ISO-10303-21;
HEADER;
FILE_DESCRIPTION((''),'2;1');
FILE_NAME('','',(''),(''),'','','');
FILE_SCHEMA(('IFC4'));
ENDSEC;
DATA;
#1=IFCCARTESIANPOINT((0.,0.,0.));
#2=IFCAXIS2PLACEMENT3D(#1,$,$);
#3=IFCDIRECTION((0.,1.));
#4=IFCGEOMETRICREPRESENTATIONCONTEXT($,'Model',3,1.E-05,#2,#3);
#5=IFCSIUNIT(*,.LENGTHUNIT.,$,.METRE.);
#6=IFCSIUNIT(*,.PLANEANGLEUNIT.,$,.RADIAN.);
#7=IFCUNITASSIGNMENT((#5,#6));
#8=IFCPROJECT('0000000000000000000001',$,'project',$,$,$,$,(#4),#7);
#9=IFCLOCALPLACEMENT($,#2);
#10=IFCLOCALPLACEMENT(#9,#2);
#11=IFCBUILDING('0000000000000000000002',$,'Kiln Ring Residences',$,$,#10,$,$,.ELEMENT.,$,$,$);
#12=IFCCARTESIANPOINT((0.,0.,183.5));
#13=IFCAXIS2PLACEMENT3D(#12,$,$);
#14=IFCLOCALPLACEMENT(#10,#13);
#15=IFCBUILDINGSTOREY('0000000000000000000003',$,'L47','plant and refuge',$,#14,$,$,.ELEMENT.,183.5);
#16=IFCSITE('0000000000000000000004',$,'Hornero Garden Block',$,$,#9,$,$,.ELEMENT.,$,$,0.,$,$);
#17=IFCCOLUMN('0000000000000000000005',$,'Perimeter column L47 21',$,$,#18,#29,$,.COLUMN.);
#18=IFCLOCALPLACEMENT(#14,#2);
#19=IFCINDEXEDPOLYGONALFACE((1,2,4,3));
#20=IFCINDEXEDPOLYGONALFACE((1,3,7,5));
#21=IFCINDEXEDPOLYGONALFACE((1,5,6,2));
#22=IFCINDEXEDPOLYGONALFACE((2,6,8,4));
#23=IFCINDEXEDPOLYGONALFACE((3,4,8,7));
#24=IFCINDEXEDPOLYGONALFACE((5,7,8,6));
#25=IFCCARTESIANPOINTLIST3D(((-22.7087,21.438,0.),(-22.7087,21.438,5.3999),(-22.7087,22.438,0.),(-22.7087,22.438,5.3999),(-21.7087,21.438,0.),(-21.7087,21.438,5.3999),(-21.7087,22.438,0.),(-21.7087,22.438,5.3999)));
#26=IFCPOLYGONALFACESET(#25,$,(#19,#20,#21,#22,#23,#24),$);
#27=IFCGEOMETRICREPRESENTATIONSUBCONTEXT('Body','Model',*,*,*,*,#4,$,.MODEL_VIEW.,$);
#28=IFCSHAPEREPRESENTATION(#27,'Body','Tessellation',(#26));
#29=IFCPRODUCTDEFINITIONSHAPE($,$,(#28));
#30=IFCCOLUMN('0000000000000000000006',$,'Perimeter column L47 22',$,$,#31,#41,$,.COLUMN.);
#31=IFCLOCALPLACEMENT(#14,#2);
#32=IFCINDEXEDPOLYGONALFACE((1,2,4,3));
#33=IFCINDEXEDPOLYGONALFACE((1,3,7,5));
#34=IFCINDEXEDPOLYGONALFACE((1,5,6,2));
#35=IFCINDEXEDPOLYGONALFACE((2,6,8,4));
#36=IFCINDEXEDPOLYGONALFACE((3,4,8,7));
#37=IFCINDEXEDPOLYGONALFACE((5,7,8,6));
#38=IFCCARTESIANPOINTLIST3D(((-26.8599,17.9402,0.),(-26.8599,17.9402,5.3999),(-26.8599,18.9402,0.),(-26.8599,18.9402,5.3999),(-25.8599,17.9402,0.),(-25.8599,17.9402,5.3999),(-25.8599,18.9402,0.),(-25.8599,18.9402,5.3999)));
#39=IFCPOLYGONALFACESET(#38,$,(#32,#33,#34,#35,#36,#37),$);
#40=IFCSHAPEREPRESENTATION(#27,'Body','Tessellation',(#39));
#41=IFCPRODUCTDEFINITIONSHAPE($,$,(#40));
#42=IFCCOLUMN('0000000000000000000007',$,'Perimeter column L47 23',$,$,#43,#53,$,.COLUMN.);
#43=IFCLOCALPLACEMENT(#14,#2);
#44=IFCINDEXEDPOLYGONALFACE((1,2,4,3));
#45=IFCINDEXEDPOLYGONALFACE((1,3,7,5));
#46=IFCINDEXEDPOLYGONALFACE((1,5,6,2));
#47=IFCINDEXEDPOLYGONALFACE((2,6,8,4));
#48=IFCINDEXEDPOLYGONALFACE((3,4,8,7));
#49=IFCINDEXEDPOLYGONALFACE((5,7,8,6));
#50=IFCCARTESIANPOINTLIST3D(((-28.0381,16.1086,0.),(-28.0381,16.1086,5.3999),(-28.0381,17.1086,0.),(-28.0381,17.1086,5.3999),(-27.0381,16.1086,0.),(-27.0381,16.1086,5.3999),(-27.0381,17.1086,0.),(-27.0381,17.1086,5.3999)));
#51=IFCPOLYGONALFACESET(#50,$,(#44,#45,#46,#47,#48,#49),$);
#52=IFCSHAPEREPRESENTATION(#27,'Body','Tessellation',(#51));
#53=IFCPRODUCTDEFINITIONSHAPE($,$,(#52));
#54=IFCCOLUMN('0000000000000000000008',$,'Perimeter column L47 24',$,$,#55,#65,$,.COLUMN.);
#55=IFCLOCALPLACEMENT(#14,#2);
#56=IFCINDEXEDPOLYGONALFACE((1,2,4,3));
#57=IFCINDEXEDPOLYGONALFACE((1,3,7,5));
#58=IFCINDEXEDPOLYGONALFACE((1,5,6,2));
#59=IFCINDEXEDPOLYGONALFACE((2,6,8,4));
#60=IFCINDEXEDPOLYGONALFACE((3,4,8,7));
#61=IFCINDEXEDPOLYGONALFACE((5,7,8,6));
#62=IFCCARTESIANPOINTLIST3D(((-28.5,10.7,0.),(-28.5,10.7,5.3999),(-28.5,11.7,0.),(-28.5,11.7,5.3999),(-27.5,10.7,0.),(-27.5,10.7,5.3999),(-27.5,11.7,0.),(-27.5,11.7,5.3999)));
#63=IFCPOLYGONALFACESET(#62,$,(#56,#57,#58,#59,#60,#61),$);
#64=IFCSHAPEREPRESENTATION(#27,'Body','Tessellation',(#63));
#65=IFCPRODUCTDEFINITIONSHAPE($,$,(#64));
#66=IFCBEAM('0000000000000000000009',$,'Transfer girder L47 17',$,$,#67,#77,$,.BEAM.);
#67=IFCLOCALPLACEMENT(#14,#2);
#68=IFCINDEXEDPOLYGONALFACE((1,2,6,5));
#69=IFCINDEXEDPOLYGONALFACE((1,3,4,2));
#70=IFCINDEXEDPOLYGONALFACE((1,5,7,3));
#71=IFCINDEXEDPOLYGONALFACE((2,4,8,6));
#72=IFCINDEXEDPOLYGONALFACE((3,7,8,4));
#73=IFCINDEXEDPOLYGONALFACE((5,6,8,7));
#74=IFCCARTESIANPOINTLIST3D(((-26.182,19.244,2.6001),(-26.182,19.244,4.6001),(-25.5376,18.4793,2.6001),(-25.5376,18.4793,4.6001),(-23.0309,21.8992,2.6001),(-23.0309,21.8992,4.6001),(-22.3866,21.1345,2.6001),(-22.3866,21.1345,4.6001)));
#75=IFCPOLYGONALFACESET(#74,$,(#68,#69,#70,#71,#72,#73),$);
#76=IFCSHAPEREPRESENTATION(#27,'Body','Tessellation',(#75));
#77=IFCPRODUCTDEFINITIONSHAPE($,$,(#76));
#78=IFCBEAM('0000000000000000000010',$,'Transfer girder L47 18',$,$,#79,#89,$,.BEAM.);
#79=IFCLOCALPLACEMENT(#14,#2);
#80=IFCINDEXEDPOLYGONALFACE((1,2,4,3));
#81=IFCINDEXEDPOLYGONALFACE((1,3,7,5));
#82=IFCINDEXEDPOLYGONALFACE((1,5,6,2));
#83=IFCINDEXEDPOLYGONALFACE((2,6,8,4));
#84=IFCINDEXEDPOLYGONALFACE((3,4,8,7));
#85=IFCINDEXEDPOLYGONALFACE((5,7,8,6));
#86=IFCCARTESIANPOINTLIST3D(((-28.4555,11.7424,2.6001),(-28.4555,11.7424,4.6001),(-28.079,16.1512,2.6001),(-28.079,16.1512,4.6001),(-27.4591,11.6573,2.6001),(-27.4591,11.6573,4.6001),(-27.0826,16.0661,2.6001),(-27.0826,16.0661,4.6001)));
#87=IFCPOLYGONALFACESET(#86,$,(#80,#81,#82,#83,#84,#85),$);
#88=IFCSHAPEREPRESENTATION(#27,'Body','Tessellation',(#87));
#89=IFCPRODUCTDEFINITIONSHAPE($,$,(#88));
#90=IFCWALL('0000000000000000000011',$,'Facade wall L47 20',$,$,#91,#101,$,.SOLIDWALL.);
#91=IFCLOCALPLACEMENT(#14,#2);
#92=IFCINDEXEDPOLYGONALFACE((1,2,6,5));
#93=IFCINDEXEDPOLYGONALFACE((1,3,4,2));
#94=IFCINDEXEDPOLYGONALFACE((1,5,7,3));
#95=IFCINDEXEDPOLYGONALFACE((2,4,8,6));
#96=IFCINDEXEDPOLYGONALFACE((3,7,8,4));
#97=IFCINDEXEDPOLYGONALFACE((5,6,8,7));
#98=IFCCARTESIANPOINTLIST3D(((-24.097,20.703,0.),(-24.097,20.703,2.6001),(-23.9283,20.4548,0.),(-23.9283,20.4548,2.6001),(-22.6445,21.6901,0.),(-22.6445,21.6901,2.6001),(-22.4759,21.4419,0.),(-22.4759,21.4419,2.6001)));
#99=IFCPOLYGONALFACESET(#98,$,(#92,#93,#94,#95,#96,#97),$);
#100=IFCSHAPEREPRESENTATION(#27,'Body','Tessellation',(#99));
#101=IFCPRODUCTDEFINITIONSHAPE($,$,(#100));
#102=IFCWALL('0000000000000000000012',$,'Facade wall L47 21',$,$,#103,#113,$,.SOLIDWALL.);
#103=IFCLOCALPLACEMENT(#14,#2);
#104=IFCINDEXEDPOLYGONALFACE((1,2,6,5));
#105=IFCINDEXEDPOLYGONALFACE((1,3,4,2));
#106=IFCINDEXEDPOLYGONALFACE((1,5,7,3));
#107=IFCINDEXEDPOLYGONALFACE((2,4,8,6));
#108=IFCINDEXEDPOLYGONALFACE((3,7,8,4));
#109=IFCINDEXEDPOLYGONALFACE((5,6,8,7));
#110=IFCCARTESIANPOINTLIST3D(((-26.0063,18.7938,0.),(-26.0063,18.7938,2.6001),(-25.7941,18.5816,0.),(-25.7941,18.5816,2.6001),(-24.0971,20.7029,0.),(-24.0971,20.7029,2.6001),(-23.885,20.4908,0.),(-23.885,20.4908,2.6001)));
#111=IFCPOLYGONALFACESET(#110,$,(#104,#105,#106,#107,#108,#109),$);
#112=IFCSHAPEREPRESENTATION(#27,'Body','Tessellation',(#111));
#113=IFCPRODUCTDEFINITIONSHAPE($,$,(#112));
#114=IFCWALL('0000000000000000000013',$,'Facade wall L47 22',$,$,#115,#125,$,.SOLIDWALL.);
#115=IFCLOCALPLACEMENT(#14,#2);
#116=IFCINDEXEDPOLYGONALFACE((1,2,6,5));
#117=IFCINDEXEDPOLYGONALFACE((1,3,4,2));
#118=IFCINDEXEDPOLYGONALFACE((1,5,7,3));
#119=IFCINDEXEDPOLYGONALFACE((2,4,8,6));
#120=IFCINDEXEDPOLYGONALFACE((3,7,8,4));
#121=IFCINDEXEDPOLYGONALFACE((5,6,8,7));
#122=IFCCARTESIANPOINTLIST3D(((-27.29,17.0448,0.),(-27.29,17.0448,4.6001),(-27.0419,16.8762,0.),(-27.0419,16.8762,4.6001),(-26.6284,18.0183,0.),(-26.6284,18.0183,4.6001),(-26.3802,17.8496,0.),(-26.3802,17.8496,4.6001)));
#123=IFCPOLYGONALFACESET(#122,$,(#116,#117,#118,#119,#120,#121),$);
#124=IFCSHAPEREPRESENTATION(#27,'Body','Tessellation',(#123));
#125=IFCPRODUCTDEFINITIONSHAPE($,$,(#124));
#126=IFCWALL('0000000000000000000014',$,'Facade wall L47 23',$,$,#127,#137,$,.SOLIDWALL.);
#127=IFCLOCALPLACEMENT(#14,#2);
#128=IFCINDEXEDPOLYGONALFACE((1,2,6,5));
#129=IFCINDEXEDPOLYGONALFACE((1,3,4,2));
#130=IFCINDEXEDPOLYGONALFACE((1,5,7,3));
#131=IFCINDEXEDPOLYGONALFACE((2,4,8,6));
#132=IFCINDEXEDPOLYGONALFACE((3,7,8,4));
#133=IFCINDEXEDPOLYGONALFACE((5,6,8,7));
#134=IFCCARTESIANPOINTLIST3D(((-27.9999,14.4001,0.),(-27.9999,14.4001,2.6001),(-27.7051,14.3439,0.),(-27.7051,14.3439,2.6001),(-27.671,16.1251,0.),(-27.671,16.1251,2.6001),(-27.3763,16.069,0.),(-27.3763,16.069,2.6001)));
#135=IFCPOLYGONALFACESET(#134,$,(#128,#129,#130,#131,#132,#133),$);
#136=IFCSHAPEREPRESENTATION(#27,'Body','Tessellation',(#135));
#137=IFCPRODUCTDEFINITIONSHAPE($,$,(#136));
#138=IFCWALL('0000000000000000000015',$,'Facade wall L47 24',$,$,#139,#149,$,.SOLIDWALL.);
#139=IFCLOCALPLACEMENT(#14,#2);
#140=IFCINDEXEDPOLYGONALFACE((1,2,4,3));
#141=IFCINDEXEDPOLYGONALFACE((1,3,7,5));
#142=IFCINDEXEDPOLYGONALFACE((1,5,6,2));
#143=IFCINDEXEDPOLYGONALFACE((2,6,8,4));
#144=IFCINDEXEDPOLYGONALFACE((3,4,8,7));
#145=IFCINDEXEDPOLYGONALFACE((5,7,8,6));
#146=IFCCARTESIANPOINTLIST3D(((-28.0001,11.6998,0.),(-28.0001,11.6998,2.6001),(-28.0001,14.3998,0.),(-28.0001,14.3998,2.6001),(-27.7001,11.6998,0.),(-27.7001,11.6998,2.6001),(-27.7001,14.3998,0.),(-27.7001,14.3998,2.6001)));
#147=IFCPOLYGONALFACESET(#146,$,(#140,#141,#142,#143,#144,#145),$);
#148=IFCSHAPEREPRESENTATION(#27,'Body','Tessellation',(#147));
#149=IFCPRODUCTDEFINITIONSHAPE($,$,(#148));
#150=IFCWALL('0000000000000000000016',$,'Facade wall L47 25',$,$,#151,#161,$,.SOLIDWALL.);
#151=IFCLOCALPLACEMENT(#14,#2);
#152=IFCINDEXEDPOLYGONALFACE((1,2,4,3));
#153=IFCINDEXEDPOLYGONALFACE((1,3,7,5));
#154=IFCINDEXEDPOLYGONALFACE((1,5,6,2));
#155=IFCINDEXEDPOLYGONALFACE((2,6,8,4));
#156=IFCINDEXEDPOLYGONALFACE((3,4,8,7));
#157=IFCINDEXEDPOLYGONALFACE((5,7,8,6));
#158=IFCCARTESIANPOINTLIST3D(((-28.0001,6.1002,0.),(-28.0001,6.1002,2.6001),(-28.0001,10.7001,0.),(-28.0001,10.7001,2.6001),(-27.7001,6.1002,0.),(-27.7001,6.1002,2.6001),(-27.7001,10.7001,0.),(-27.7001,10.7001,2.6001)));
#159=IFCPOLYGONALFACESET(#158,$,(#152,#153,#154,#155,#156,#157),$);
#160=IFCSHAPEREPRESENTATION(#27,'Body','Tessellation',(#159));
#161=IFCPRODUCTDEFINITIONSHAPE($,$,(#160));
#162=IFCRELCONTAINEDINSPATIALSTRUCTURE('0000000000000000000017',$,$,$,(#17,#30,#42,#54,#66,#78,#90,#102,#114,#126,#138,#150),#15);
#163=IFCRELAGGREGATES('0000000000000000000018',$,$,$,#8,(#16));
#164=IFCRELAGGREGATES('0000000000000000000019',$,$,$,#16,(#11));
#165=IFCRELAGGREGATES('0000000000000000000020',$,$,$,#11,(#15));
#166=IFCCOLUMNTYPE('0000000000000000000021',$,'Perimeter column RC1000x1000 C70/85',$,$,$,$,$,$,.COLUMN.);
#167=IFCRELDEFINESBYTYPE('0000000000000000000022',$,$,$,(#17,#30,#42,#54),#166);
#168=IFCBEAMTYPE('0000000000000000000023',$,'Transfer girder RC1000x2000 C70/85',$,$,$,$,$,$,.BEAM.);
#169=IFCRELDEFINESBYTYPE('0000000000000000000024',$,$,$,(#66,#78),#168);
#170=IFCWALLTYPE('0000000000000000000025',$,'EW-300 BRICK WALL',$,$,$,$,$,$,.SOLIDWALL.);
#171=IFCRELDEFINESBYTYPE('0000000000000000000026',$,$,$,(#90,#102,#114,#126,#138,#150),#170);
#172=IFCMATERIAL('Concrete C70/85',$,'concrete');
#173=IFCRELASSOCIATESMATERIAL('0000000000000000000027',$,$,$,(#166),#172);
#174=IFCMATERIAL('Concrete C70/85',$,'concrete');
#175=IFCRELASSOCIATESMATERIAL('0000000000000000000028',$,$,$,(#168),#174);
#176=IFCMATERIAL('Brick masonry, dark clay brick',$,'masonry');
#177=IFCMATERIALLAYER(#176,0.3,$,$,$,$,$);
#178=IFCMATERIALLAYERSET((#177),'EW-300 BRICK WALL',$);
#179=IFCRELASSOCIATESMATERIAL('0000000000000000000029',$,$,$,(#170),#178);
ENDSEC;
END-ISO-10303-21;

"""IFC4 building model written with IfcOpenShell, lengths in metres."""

from ifc_helpers import new_model, si_unit, direction, frame, frame_2d, origin, origin_2d, place, context, subcontext, project, spatial, rectangle, extrude, material, layer, layer_set, material_profile, profile_set, type_object, element, save


model = new_model("IFC4")

# Units and contexts
model_context = context("Model", 3, precision=1e-05, world=origin(), true_north=direction((0.0, 1.0)))
body_context = subcontext(model_context, "Body", "Model", "MODEL_VIEW")
ifc_project = project(units=[si_unit("LENGTHUNIT", "METRE"), si_unit("PLANEANGLEUNIT", "RADIAN")], contexts=[model_context])

# Site, building, storey
site_placement = place(None, origin())
site = spatial("IfcSite", under=ifc_project, at=site_placement, Name="Hornero Garden Block", CompositionType="ELEMENT", RefElevation=0.0)
building_placement = place(site_placement, origin())
building = spatial("IfcBuilding", under=site, at=building_placement, Name="Kiln Ring Residences", CompositionType="ELEMENT")
storey_placement = place(building_placement, frame((0.0, 0.0, 183.5)))
storey = spatial("IfcBuildingStorey", under=building, at=storey_placement, Name="L47", Description="plant and refuge", CompositionType="ELEMENT", Elevation=183.5)

# Columns
ifc_material_1 = material(Name="Concrete C70/85", Category="concrete")
ifc_material_profile_1 = material_profile(ifc_material_1, rectangle(XDim=1.0, YDim=1.0, at=origin_2d()), Name="RC1000x1000")
ifc_profile_set_1 = profile_set([ifc_material_profile_1], Name="Concrete C70/85")
column_type = type_object("IfcColumnType", Name="Perimeter column RC1000x1000 C70/85", PredefinedType="COLUMN", material=ifc_profile_set_1)
for number, where, z_axis, x_axis, name in (
    (1, (-22.2087, 21.938, 0.0), (0.0, 0.0, 1.0), (1.0, 0.0, 0.0), "Perimeter column L47 21"),
    (2, (-26.3599, 18.4402, 0.0), (0.0, 0.0, 1.0), (1.0, 0.0, 0.0), "Perimeter column L47 22"),
    (3, (-27.5381, 16.6086, 0.0), (0.0, 0.0, 1.0), (1.0, 0.0, 0.0), "Perimeter column L47 23"),
    (4, (-28.0, 11.2, 0.0), (0.0, 0.0, 1.0), (1.0, 0.0, 0.0), "Perimeter column L47 24"),
):
    element("IfcColumn", number, at=place(storey_placement, frame(where, z_axis=z_axis, x_axis=x_axis)), inside=storey, type_object=column_type, Name=name, PredefinedType="COLUMN", context=body_context, shape_type="SweptSolid", body=[
        extrude(rectangle(XDim=1.0, YDim=1.0, at=origin_2d()), origin(), (0.0, 0.0, 1.0), 5.3999),
    ])

# Beams
ifc_material_2 = material(Name="Concrete C70/85", Category="concrete")
ifc_material_profile_2 = material_profile(ifc_material_2, rectangle(XDim=1.0, YDim=2.0, at=origin_2d()), Name="RC1000x2000")
ifc_profile_set_2 = profile_set([ifc_material_profile_2], Name="Concrete C70/85")
beam_type = type_object("IfcBeamType", Name="Transfer girder RC1000x2000 C70/85", PredefinedType="BEAM", material=ifc_profile_set_2)
beam_1_placement = place(storey_placement, frame((-22.7087, 21.5168, 3.6001), z_axis=(-0.764708, -0.644377, 0.0), x_axis=(0.644377, -0.764708, 0.0)))
element("IfcBeam", 5, at=beam_1_placement, inside=storey, type_object=beam_type, Name="Transfer girder L47 17", PredefinedType="BEAM", context=body_context, shape_type="SweptSolid", body=[
    extrude(rectangle(XDim=1.0, YDim=2.0, at=origin_2d()), origin(), (0.0, 0.0, 1.0), 4.1206),
])
beam_2_placement = place(storey_placement, frame((-27.5808, 16.1086, 3.6001), z_axis=(-0.085082, -0.996374, 0.0), x_axis=(0.996374, -0.085082, 0.0)))
element("IfcBeam", 6, at=beam_2_placement, inside=storey, type_object=beam_type, Name="Transfer girder L47 18", PredefinedType="BEAM", context=body_context, shape_type="SweptSolid", body=[
    extrude(rectangle(XDim=1.0, YDim=2.0, at=origin_2d()), origin(), (0.0, 0.0, 1.0), 4.4248),
])

# Walls
ifc_material_3 = material(Name="Brick masonry, dark clay brick", Category="masonry")
ifc_layer_1 = layer(ifc_material_3, 0.3)
ifc_layer_set_1 = layer_set([ifc_layer_1], Name="EW-300 BRICK WALL")
wall_type_1 = type_object("IfcWallType", Name="EW-300 BRICK WALL", PredefinedType="SOLIDWALL", material=ifc_layer_set_1)
wall_1_placement = place(storey_placement, frame((-22.5603, 21.5659, 0.0), z_axis=(0.0, 0.0, 1.0), x_axis=(-0.827076, -0.562089, 0.0)))
element("IfcWall", 7, at=wall_1_placement, inside=storey, type_object=wall_type_1, Name="Facade wall L47 20", PredefinedType="SOLIDWALL", context=body_context, shape_type="SweptSolid", body=[
    extrude(rectangle(XDim=1.7561, YDim=0.3, at=frame_2d((0.8779, 0.0))), origin(), (0.0, 0.0, 1.0), 2.6001),
])
wall_2_placement = place(storey_placement, frame((-23.991, 20.5969, 0.0), z_axis=(0.0, 0.0, 1.0), x_axis=(-0.707107, -0.707107, 0.0)))
element("IfcWall", 8, at=wall_2_placement, inside=storey, type_object=wall_type_1, Name="Facade wall L47 21", PredefinedType="SOLIDWALL", context=body_context, shape_type="SweptSolid", body=[
    extrude(rectangle(XDim=2.7, YDim=0.3, at=frame_2d((1.3501, 0.0))), origin(), (0.0, 0.0, 1.0), 2.6001),
])
wall_3_placement = place(storey_placement, frame((-26.5044, 17.9338, 0.0), z_axis=(0.0, 0.0, 1.0), x_axis=(-0.562145, -0.827038, 0.0)))
element("IfcWall", 9, at=wall_3_placement, inside=storey, type_object=wall_type_1, Name="Facade wall L47 22", PredefinedType="SOLIDWALL", context=body_context, shape_type="SweptSolid", body=[
    extrude(rectangle(XDim=1.177, YDim=0.3, at=frame_2d((0.5884, 0.0))), origin(), (0.0, 0.0, 1.0), 4.6001),
])
wall_4_placement = place(storey_placement, frame((-27.5237, 16.0969, 0.0), z_axis=(0.0, 0.0, 1.0), x_axis=(-0.187259, -0.982311, 0.0)))
element("IfcWall", 10, at=wall_4_placement, inside=storey, type_object=wall_type_1, Name="Facade wall L47 23", PredefinedType="SOLIDWALL", context=body_context, shape_type="SweptSolid", body=[
    extrude(rectangle(XDim=1.7561, YDim=0.3, at=frame_2d((0.8779, 0.0))), origin(), (0.0, 0.0, 1.0), 2.6001),
])
wall_5_placement = place(storey_placement, frame((-27.8501, 14.3999, 0.0), z_axis=(0.0, 0.0, 1.0), x_axis=(0.0, -1.0, 0.0)))
element("IfcWall", 11, at=wall_5_placement, inside=storey, type_object=wall_type_1, Name="Facade wall L47 24", PredefinedType="SOLIDWALL", context=body_context, shape_type="SweptSolid", body=[
    extrude(rectangle(XDim=2.7, YDim=0.3, at=frame_2d((1.3501, 0.0))), origin(), (0.0, 0.0, 1.0), 2.6001),
])
wall_6_placement = place(storey_placement, frame((-27.8501, 10.7, 0.0), z_axis=(0.0, 0.0, 1.0), x_axis=(0.0, -1.0, 0.0)))
element("IfcWall", 12, at=wall_6_placement, inside=storey, type_object=wall_type_1, Name="Facade wall L47 25", PredefinedType="SOLIDWALL", context=body_context, shape_type="SweptSolid", body=[
    extrude(rectangle(XDim=4.5999, YDim=0.3, at=frame_2d((2.2998, 0.0))), origin(), (0.0, 0.0, 1.0), 2.6001),
])

save(model, "model.ifc")
